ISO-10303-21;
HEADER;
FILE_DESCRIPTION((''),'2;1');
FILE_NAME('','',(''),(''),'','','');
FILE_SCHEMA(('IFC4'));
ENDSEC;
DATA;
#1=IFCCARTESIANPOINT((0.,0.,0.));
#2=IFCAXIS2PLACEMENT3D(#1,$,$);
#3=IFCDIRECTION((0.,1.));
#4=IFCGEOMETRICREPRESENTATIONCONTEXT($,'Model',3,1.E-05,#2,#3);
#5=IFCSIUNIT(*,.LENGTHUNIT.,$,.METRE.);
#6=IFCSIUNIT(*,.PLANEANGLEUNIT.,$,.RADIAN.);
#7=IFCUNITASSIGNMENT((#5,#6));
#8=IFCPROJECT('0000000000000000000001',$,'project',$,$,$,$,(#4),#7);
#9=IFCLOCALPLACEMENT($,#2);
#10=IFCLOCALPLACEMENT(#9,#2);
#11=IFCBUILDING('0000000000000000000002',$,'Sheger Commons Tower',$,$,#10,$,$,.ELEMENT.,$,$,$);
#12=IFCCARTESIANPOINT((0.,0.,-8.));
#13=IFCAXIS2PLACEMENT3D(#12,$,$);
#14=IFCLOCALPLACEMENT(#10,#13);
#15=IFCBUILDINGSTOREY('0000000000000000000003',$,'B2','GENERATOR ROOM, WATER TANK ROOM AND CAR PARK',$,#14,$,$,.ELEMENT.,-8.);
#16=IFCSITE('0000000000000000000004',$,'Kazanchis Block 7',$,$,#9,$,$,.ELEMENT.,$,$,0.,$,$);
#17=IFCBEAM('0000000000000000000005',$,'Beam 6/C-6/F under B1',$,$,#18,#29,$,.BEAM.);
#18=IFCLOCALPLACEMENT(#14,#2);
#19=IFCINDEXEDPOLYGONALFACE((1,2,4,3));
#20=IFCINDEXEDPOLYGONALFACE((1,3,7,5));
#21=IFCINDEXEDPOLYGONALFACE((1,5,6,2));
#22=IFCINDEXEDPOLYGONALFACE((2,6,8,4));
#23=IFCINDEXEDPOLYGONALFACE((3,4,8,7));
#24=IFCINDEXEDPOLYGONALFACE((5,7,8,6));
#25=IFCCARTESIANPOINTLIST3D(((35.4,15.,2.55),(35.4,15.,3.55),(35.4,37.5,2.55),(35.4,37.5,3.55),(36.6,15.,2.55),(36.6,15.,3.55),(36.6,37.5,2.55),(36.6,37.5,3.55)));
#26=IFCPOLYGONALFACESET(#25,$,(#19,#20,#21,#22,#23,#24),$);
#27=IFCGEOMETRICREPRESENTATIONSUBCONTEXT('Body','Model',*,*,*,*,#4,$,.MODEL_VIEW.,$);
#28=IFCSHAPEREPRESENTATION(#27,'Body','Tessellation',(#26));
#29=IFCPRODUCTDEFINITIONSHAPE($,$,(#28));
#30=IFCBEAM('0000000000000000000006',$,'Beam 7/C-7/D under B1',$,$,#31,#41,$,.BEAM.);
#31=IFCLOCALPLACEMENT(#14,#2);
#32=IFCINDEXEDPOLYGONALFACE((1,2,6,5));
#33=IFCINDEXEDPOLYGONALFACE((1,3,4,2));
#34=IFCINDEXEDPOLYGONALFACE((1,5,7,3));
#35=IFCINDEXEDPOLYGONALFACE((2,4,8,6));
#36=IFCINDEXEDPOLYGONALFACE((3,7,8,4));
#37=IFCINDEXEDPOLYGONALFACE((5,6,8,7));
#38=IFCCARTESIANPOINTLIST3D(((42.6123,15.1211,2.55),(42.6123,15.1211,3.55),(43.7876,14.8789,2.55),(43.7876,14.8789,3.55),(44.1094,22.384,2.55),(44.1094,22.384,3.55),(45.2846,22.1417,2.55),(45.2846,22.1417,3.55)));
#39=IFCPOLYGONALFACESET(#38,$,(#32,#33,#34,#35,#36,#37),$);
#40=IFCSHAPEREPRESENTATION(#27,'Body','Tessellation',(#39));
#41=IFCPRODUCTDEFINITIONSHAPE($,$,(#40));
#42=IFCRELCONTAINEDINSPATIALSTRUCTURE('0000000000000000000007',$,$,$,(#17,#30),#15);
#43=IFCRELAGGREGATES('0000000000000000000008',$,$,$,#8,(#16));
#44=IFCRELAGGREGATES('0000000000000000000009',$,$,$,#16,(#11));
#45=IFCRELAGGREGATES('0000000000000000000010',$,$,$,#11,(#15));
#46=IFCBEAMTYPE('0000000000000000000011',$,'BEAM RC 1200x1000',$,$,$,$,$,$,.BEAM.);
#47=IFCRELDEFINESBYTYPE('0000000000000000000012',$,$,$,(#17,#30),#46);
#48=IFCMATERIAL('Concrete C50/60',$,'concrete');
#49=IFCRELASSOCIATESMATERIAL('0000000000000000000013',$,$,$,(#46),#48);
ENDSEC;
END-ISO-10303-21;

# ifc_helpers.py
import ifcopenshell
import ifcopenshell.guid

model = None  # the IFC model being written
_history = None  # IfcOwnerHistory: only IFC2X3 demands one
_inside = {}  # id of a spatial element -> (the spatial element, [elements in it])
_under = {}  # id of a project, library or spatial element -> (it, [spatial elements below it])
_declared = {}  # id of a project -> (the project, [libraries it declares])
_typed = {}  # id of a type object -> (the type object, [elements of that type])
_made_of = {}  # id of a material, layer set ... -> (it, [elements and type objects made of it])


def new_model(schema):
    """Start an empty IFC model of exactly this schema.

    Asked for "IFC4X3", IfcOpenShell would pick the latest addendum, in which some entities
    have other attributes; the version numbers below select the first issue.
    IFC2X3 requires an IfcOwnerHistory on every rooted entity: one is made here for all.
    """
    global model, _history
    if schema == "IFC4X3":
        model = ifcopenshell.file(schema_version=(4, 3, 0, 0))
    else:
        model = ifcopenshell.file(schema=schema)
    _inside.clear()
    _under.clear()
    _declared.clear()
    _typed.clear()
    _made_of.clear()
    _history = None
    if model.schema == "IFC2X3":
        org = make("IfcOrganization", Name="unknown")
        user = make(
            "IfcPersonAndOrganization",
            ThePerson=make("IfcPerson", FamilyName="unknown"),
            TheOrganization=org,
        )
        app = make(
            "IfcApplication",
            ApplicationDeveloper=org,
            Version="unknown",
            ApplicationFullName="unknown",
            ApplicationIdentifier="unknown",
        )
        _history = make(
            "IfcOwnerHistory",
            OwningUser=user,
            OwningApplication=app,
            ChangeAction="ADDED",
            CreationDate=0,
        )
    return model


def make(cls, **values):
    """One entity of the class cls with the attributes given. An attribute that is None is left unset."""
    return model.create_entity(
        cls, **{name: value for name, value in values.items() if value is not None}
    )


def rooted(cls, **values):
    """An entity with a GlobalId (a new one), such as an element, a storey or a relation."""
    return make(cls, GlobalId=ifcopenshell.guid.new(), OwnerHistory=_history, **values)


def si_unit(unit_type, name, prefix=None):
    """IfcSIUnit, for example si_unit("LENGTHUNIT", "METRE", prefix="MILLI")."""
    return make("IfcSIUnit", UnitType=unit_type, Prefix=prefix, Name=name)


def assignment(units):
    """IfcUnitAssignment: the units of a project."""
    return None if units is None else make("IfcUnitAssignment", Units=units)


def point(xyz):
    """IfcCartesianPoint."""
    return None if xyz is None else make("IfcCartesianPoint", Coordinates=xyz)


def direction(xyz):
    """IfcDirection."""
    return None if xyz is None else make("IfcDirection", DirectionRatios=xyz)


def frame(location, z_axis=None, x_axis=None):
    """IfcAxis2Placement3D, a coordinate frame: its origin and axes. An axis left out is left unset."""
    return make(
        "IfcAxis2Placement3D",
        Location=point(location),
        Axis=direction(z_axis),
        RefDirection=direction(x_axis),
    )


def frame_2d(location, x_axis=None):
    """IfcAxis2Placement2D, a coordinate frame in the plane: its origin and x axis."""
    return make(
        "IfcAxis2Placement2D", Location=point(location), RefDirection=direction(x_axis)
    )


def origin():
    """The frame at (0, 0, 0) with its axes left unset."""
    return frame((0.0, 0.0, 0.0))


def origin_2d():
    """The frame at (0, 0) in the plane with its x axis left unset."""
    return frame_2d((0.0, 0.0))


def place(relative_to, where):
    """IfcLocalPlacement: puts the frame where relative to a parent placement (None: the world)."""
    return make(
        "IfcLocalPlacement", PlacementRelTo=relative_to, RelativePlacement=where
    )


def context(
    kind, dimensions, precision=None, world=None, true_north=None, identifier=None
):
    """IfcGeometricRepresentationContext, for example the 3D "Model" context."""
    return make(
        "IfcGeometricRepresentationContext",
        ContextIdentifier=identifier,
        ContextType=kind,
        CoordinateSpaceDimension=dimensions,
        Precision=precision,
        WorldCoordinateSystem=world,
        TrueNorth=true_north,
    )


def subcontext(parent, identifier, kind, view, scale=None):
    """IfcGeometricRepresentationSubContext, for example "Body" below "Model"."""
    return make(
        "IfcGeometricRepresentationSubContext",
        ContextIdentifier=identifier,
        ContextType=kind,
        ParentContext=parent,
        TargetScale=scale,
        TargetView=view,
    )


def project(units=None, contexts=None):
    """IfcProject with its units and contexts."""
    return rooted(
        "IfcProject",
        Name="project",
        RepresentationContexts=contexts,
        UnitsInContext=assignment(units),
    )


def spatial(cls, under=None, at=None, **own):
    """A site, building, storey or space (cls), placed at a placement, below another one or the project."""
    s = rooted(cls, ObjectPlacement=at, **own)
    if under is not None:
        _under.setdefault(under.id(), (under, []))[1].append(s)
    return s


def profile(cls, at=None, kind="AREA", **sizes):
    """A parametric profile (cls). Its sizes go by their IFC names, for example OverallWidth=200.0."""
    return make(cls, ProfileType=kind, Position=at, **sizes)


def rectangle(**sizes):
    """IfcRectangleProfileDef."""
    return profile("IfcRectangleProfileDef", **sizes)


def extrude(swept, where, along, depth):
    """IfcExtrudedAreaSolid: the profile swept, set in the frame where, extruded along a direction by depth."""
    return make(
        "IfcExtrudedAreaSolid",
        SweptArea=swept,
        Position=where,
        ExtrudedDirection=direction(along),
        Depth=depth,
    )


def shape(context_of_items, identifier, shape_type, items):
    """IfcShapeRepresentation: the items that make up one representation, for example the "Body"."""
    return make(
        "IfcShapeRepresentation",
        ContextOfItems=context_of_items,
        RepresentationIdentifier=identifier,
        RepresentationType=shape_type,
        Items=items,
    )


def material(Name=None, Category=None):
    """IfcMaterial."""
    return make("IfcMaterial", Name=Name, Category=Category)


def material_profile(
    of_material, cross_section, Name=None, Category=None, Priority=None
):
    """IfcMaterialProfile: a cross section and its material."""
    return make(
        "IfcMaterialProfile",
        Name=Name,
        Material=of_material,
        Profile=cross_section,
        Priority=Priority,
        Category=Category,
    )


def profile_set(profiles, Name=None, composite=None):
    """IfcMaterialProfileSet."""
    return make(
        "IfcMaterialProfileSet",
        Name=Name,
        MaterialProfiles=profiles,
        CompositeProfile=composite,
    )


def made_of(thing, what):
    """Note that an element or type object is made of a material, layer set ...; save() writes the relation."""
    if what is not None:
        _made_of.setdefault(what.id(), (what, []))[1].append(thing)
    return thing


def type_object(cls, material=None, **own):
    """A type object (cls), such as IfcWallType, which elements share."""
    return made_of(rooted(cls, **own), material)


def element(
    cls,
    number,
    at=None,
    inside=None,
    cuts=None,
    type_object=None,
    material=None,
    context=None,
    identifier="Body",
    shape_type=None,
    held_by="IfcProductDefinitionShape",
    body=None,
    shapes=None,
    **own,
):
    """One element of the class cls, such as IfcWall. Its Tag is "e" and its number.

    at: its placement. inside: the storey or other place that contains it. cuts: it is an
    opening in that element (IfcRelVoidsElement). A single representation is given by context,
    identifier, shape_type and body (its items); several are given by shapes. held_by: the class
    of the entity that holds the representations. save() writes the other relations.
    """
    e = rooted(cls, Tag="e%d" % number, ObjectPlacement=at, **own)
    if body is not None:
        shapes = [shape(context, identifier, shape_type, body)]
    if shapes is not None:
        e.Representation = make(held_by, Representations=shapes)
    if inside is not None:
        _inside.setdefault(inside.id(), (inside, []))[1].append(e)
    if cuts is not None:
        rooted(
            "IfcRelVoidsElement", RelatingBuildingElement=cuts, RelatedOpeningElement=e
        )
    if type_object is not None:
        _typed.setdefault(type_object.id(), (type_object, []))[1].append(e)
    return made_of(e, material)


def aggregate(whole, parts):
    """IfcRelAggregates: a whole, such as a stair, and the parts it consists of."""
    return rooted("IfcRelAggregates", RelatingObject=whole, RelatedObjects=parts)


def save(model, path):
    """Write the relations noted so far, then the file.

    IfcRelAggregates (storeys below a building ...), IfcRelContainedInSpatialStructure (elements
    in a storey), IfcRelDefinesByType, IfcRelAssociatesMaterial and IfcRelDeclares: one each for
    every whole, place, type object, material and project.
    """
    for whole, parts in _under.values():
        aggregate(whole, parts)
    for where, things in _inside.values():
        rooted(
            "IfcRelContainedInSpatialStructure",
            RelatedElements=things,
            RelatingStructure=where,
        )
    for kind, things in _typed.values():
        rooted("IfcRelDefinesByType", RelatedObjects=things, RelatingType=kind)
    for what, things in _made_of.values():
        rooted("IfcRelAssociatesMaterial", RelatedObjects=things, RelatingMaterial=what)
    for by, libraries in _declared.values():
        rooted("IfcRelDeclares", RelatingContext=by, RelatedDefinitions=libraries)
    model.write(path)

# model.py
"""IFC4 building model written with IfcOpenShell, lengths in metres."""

from ifc_helpers import new_model, si_unit, direction, frame, origin, origin_2d, place, context, subcontext, project, spatial, rectangle, extrude, material, material_profile, profile_set, type_object, element, save


model = new_model("IFC4")

# Units and contexts
model_context = context("Model", 3, precision=1e-05, world=origin(), true_north=direction((0.0, 1.0)))
body_context = subcontext(model_context, "Body", "Model", "MODEL_VIEW")
ifc_project = project(units=[si_unit("LENGTHUNIT", "METRE"), si_unit("PLANEANGLEUNIT", "RADIAN")], contexts=[model_context])

# Site, building, storey
site_placement = place(None, origin())
site = spatial("IfcSite", under=ifc_project, at=site_placement, Name="Kazanchis Block 7", CompositionType="ELEMENT", RefElevation=0.0)
building_placement = place(site_placement, origin())
building = spatial("IfcBuilding", under=site, at=building_placement, Name="Sheger Commons Tower", CompositionType="ELEMENT")
storey_placement = place(building_placement, frame((0.0, 0.0, -8.0)))
storey = spatial("IfcBuildingStorey", under=building, at=storey_placement, Name="B2", Description="GENERATOR ROOM, WATER TANK ROOM AND CAR PARK", CompositionType="ELEMENT", Elevation=-8.0)

# Beams
ifc_material_1 = material(Name="Concrete C50/60", Category="concrete")
ifc_material_profile_1 = material_profile(ifc_material_1, rectangle(XDim=1.2, YDim=1.0, at=origin_2d()), Name="RC 1200x1000")
ifc_profile_set_1 = profile_set([ifc_material_profile_1], Name="Concrete C50/60")
beam_type = type_object("IfcBeamType", Name="BEAM RC 1200x1000", PredefinedType="BEAM", material=ifc_profile_set_1)
beam_1_placement = place(storey_placement, frame((36.0, 15.0, 3.05), z_axis=(0.0, 1.0, 0.0), x_axis=(-1.0, 0.0, 0.0)))
element("IfcBeam", 1, at=beam_1_placement, inside=storey, type_object=beam_type, Name="Beam 6/C-6/F under B1", PredefinedType="BEAM", context=body_context, shape_type="SweptSolid", body=[
    extrude(rectangle(XDim=1.2, YDim=1.0, at=origin_2d()), origin(), (0.0, 0.0, 1.0), 22.5),
])
beam_2_placement = place(storey_placement, frame((43.2, 15.0, 3.05), z_axis=(0.201881, 0.97941, 0.0), x_axis=(-0.97941, 0.201881, 0.0)))
element("IfcBeam", 2, at=beam_2_placement, inside=storey, type_object=beam_type, Name="Beam 7/C-7/D under B1", PredefinedType="BEAM", context=body_context, shape_type="SweptSolid", body=[
    extrude(rectangle(XDim=1.2, YDim=1.0, at=origin_2d()), origin(), (0.0, 0.0, 1.0), 7.4155),
])

save(model, "model.ifc")
